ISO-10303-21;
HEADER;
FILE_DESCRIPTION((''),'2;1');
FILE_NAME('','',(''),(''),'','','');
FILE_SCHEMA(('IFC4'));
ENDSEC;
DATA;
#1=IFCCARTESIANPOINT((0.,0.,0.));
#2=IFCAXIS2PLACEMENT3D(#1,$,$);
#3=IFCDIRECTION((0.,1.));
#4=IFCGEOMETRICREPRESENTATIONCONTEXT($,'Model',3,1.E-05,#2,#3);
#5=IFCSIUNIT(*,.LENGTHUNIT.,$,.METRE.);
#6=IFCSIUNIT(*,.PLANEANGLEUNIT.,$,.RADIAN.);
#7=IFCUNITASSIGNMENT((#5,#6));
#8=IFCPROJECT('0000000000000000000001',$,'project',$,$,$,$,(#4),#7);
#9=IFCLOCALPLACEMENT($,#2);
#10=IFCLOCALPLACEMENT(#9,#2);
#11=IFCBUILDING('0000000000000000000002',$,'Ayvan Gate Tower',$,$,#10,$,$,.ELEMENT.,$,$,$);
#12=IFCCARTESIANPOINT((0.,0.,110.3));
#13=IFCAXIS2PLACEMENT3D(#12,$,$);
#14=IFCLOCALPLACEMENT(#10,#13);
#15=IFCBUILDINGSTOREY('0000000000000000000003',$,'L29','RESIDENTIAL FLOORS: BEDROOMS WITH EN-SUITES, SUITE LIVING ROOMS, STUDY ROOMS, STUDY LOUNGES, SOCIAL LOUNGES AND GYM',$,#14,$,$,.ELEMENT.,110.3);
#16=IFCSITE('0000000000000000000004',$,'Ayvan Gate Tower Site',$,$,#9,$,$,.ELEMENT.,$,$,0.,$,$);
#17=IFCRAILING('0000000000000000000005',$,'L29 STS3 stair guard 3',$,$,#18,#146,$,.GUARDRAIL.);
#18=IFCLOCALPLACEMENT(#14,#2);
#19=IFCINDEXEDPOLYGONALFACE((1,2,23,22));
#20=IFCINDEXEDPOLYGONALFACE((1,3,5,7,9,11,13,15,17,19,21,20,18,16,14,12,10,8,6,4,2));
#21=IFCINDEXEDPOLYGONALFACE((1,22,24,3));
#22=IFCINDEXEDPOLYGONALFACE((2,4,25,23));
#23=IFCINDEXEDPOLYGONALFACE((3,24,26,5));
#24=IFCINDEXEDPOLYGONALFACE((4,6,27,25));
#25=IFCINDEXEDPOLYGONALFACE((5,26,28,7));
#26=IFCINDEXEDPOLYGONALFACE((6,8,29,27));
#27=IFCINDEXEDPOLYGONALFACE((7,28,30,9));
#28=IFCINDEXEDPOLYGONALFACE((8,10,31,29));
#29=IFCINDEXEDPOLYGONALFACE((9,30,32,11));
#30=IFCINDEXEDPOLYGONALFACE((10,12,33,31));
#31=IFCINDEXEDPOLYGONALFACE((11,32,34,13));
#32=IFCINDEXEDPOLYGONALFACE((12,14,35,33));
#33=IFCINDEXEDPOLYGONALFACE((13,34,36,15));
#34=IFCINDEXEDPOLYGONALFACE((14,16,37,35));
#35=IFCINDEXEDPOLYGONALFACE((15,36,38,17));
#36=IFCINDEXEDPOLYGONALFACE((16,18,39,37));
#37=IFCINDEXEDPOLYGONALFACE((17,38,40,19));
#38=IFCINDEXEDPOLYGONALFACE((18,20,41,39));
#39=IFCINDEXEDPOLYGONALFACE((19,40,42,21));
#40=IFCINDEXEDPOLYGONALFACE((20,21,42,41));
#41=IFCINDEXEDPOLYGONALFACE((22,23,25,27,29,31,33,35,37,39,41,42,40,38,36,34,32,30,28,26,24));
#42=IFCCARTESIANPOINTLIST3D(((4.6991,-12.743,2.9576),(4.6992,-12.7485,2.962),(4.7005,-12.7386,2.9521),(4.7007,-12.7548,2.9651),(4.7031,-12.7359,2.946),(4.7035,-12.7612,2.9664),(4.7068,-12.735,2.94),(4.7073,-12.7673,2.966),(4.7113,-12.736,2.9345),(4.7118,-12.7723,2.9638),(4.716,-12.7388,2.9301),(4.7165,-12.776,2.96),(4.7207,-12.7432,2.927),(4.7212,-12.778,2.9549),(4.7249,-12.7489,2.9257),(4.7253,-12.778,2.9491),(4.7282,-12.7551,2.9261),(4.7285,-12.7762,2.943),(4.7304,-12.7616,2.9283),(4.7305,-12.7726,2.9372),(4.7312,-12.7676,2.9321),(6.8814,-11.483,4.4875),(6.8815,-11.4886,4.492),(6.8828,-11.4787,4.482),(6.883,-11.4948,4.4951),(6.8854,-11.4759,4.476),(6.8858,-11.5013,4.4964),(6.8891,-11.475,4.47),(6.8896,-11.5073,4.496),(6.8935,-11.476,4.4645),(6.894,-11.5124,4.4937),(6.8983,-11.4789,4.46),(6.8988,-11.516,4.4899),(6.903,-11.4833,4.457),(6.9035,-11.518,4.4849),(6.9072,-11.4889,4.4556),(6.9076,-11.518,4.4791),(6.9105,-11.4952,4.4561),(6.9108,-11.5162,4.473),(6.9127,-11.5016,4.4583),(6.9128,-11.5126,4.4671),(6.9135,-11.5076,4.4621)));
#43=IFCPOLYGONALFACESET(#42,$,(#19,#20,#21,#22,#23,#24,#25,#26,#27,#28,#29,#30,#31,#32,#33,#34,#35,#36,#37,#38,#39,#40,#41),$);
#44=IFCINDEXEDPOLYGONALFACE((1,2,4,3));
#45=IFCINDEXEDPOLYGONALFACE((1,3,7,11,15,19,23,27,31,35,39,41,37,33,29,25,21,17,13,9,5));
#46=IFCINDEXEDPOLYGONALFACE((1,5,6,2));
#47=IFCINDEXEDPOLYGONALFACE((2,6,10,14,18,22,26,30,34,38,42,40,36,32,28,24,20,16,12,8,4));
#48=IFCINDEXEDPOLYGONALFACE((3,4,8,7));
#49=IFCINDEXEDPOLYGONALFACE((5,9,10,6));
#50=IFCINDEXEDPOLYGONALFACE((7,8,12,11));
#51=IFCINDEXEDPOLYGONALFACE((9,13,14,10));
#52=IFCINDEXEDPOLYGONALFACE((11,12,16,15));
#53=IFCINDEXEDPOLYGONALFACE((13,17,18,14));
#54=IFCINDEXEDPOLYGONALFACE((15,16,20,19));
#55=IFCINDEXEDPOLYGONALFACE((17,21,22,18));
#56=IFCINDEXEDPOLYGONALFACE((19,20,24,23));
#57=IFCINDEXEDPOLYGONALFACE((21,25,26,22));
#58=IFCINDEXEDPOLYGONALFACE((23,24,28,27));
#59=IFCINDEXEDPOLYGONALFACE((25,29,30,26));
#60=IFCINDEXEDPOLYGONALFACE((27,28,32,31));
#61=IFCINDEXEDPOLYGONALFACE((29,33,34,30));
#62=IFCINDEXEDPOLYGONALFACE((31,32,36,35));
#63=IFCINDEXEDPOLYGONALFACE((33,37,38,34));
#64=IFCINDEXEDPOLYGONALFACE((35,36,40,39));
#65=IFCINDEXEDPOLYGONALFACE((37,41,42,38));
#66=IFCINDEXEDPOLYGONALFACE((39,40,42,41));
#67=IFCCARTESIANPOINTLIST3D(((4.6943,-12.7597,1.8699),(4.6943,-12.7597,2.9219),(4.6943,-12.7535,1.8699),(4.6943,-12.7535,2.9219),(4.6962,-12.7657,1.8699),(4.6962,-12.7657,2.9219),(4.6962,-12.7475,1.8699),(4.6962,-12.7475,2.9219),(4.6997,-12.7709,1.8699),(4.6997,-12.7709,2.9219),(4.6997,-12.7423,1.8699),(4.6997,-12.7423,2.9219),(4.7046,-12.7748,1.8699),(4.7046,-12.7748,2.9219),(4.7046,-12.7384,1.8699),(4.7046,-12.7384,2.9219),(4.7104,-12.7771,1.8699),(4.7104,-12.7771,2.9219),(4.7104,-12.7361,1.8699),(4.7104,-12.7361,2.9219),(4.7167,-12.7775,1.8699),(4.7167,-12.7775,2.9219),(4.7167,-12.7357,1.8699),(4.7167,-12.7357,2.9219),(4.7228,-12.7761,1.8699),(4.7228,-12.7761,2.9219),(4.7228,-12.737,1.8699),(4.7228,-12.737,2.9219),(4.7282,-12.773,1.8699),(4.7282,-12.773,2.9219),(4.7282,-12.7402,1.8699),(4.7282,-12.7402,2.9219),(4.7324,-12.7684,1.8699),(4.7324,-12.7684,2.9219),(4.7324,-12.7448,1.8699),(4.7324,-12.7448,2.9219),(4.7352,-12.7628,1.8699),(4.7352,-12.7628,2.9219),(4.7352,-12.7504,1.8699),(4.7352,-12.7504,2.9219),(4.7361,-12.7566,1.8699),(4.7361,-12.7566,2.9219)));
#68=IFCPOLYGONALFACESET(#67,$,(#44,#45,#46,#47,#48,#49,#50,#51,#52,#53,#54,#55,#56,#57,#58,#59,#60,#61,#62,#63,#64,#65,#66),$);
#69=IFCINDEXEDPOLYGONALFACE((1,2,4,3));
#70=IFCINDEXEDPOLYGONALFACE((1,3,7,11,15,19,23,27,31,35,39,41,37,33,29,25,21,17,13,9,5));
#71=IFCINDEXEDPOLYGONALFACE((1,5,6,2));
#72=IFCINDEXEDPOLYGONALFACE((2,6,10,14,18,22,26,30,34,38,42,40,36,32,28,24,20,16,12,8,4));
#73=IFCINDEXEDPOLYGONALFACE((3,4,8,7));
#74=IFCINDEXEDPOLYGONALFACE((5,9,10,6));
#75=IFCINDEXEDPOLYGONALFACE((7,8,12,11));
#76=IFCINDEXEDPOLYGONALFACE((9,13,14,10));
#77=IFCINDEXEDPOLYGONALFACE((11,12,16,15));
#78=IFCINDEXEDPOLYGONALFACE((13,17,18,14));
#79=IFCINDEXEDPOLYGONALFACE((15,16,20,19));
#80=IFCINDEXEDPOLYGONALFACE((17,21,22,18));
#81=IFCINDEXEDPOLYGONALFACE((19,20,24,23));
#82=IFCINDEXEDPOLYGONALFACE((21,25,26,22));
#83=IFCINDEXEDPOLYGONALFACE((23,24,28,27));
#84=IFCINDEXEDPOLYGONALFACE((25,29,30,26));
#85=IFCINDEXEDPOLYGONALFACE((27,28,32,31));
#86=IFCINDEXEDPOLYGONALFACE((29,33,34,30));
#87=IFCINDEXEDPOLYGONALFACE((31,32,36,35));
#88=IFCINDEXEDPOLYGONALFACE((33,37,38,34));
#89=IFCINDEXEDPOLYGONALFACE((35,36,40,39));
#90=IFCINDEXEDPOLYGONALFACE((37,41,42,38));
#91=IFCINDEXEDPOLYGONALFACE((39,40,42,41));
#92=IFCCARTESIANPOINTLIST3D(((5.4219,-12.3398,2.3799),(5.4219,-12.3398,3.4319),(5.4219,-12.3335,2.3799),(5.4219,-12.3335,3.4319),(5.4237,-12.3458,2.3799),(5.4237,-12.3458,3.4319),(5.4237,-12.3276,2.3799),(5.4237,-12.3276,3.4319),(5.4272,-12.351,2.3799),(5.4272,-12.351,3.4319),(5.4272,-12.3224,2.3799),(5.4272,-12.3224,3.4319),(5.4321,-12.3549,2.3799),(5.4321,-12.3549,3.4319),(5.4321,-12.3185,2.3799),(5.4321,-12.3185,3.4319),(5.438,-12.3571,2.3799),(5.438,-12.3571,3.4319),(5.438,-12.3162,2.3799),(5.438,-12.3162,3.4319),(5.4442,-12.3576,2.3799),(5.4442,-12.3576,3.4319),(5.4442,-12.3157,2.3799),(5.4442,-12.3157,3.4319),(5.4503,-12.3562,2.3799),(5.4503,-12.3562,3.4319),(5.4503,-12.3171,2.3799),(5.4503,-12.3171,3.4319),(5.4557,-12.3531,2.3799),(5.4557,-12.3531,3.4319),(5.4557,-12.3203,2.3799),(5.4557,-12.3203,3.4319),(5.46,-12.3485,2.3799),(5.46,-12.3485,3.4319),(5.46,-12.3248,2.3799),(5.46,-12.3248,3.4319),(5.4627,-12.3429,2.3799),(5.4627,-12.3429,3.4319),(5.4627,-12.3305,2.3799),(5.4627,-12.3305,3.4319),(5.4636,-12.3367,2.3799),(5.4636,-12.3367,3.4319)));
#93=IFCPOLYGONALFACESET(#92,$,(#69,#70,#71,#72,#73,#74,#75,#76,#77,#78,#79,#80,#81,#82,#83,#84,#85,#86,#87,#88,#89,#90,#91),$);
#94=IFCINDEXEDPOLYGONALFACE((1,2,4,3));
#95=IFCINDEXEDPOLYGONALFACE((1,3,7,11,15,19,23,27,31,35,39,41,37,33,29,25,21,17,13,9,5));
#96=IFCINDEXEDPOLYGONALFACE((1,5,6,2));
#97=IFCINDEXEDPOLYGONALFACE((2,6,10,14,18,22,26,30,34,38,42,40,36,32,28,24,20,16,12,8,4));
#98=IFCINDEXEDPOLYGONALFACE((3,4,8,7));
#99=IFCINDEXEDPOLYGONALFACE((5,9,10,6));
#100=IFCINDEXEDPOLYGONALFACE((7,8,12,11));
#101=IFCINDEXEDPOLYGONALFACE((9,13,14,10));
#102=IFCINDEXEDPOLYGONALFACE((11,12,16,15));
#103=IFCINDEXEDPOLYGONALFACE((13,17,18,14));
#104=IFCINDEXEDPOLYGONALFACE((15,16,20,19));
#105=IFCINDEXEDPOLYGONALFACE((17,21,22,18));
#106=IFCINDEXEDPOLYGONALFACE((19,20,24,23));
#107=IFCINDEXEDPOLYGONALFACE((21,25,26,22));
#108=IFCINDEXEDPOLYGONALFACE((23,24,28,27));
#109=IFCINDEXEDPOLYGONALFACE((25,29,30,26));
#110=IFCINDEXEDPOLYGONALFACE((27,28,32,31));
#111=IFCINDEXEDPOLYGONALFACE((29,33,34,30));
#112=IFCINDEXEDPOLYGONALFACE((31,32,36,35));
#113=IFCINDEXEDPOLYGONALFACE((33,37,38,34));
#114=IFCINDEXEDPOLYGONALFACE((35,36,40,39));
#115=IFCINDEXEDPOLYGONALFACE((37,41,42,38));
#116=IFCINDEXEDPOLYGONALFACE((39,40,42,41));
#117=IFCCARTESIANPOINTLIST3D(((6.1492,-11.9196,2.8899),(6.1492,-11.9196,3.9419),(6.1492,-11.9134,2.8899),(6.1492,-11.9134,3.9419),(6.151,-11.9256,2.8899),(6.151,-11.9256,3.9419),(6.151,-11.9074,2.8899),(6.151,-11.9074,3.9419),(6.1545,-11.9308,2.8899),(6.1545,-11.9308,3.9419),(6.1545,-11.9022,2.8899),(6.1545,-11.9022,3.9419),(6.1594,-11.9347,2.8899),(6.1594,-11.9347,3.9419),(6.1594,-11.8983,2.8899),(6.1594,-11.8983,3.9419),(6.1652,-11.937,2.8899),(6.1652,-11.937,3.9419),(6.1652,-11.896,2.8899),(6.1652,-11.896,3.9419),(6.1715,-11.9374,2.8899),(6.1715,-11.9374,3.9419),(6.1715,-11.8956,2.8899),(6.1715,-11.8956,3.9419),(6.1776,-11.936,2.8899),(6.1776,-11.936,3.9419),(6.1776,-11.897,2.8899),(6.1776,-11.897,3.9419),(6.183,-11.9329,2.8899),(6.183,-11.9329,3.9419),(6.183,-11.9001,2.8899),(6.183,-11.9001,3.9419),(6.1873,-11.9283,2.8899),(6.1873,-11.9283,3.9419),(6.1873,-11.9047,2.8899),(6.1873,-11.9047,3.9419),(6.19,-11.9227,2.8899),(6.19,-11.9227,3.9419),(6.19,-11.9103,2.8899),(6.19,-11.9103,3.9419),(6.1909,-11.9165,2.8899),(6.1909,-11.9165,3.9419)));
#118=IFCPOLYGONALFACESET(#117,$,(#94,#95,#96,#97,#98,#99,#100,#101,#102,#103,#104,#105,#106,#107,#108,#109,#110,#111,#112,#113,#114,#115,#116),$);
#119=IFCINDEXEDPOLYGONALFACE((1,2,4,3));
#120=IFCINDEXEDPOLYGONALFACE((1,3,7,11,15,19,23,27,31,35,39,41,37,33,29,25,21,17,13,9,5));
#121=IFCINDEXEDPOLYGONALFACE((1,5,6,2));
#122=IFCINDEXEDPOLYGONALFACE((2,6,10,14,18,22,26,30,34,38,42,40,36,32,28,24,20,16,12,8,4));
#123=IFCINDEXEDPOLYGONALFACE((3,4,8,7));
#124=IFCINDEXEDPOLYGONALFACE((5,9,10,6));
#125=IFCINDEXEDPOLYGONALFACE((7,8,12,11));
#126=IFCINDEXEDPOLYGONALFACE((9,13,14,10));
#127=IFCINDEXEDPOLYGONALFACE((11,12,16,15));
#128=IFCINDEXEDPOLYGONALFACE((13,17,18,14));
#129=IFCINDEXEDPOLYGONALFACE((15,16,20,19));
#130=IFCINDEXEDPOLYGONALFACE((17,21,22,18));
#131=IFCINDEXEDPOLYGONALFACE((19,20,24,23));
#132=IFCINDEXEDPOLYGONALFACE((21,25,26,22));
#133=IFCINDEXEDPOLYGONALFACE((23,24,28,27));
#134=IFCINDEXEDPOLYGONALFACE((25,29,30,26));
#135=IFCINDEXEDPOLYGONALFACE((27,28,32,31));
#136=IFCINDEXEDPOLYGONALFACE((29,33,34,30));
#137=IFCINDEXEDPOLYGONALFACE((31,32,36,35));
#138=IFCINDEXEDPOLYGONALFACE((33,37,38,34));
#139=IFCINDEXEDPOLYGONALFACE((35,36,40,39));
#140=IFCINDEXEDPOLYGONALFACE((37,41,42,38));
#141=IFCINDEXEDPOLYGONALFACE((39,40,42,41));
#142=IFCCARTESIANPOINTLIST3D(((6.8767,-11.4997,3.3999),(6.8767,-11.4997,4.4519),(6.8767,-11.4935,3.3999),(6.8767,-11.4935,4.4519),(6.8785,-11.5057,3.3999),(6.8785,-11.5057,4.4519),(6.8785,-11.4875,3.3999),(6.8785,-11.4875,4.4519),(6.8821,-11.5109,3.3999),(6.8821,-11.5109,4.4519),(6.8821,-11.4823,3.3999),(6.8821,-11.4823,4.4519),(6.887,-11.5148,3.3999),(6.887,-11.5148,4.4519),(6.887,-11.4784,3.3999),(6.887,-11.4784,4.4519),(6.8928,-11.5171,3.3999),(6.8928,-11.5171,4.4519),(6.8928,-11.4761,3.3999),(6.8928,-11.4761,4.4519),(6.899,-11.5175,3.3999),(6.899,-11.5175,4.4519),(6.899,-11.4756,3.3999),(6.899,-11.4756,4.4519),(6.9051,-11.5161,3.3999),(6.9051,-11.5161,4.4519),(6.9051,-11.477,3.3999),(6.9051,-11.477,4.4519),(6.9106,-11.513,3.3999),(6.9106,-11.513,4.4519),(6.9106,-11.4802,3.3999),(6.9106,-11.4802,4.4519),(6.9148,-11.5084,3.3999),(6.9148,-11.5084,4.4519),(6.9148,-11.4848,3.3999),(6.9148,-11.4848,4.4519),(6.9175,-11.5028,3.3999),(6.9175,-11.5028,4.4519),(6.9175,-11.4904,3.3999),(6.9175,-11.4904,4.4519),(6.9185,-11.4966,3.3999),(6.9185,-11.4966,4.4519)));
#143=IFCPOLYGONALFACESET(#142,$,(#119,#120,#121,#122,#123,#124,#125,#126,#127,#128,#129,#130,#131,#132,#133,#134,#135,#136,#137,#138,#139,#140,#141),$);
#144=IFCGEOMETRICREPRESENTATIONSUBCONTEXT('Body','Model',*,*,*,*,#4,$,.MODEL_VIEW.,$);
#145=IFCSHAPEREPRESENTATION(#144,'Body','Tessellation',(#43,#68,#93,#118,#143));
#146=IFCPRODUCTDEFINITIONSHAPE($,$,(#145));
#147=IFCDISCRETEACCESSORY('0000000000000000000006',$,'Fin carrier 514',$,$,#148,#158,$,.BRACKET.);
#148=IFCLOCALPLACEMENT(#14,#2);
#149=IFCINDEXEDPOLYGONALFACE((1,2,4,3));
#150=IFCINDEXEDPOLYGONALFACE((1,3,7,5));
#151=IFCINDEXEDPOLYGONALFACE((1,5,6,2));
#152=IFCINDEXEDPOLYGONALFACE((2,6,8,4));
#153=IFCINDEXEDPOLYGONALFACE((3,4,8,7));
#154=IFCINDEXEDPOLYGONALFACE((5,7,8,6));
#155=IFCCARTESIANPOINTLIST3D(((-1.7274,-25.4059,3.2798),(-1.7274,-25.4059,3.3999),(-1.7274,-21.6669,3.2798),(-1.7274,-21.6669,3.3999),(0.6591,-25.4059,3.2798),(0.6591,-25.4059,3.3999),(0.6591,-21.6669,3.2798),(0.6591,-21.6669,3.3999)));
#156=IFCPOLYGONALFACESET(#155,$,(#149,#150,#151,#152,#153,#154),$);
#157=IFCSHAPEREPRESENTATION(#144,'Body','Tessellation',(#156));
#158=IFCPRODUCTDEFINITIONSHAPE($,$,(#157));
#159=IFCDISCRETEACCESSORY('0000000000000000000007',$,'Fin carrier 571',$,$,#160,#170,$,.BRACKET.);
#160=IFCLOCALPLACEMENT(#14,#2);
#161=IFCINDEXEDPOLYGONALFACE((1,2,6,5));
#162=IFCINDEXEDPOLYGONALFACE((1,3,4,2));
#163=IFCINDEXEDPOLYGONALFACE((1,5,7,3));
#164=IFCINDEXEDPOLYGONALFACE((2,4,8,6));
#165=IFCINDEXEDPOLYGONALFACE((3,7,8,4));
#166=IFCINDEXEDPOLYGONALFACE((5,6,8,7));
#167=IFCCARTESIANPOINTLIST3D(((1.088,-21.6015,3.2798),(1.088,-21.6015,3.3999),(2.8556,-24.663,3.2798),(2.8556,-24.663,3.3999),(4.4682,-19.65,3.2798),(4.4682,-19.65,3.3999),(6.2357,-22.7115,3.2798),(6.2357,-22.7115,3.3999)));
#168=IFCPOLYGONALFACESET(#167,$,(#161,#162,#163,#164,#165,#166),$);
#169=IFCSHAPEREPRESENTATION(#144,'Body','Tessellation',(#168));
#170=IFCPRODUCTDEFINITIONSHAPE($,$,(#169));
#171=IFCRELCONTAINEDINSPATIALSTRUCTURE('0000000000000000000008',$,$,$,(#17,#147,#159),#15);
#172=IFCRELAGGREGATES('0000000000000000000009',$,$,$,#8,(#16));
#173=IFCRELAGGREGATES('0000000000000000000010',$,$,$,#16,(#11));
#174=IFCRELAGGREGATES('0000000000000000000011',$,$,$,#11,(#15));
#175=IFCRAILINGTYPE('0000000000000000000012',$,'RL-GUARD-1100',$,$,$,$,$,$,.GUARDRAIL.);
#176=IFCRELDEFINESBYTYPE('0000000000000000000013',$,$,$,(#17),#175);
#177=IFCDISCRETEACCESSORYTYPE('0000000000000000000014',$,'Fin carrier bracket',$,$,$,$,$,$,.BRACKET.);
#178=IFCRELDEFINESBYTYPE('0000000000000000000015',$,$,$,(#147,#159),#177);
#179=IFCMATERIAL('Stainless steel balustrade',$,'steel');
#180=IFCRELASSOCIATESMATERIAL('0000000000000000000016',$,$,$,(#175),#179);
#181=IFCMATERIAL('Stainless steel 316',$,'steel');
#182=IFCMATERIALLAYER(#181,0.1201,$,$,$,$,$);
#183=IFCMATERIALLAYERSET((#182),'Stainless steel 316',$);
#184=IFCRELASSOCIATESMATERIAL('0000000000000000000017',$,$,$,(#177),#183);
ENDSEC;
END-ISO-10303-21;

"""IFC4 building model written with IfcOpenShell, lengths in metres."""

from ifc_helpers import new_model, si_unit, direction, frame, origin, origin_2d, place, context, subcontext, project, spatial, rectangle, circle, extrude, material, layer, layer_set, type_object, element, save


model = new_model("IFC4")

# Units and contexts
model_context = context("Model", 3, precision=1e-05, world=origin(), true_north=direction((0.0, 1.0)))
body_context = subcontext(model_context, "Body", "Model", "MODEL_VIEW")
ifc_project = project(units=[si_unit("LENGTHUNIT", "METRE"), si_unit("PLANEANGLEUNIT", "RADIAN")], contexts=[model_context])

# Site, building, storey
site_placement = place(None, origin())
site = spatial("IfcSite", under=ifc_project, at=site_placement, Name="Ayvan Gate Tower Site", CompositionType="ELEMENT", RefElevation=0.0)
building_placement = place(site_placement, origin())
building = spatial("IfcBuilding", under=site, at=building_placement, Name="Ayvan Gate Tower", CompositionType="ELEMENT")
storey_placement = place(building_placement, frame((0.0, 0.0, 110.3)))
storey = spatial("IfcBuildingStorey", under=building, at=storey_placement, Name="L29", Description="RESIDENTIAL FLOORS: BEDROOMS WITH EN-SUITES, SUITE LIVING ROOMS, STUDY ROOMS, STUDY LOUNGES, SOCIAL LOUNGES AND GYM", CompositionType="ELEMENT", Elevation=110.3)

# Railing
ifc_material_1 = material(Name="Stainless steel balustrade", Category="steel")
railing_type = type_object("IfcRailingType", Name="RL-GUARD-1100", PredefinedType="GUARDRAIL", material=ifc_material_1)
railing_1_placement = place(storey_placement, frame((4.7151, -12.7566, 1.8699)))
element("IfcRailing", 1, at=railing_1_placement, inside=storey, type_object=railing_type, Name="L29 STS3 stair guard 3", PredefinedType="GUARDRAIL", context=body_context, shape_type="SweptSolid", body=[
    extrude(circle(Radius=0.0239, at=origin_2d()), frame((0.0, 0.0, 1.0762), z_axis=(0.740261, 0.427395, 0.518986), x_axis=(-0.500005, 0.866023, 0.0)), (0.0, 0.0, 1.0), 2.948),
    extrude(circle(Radius=0.021, at=origin_2d()), origin(), (0.0, 0.0, 1.0), 1.052),
    extrude(circle(Radius=0.021, at=origin_2d()), frame((0.7275, 0.4199, 0.51)), (0.0, 0.0, 1.0), 1.052),
    extrude(circle(Radius=0.021, at=origin_2d()), frame((1.4548, 0.8401, 1.02)), (0.0, 0.0, 1.0), 1.052),
    extrude(circle(Radius=0.021, at=origin_2d()), frame((2.1824, 1.26, 1.53)), (0.0, 0.0, 1.0), 1.052),
])

# Discrete accessories
ifc_material_2 = material(Name="Stainless steel 316", Category="steel")
ifc_layer_1 = layer(ifc_material_2, 0.1201)
ifc_layer_set_1 = layer_set([ifc_layer_1], Name="Stainless steel 316")
discrete_accessory_type = type_object("IfcDiscreteAccessoryType", Name="Fin carrier bracket", PredefinedType="BRACKET", material=ifc_layer_set_1)
discrete_accessory_1_placement = place(storey_placement, frame((-0.5342, -23.5364, 3.2798), z_axis=(0.0, 0.0, 1.0), x_axis=(1.0, 0.0, 0.0)))
element("IfcDiscreteAccessory", 2, at=discrete_accessory_1_placement, inside=storey, type_object=discrete_accessory_type, Name="Fin carrier 514", PredefinedType="BRACKET", context=body_context, shape_type="SweptSolid", body=[
    extrude(rectangle(XDim=2.3865, YDim=3.739, at=origin_2d()), origin(), (0.0, 0.0, 1.0), 0.1201),
])
discrete_accessory_2_placement = place(storey_placement, frame((3.6619, -22.1565, 3.2798), z_axis=(0.0, 0.0, 1.0), x_axis=(0.866025, 0.5, 0.0)))
element("IfcDiscreteAccessory", 3, at=discrete_accessory_2_placement, inside=storey, type_object=discrete_accessory_type, Name="Fin carrier 571", PredefinedType="BRACKET", context=body_context, shape_type="SweptSolid", body=[
    extrude(rectangle(XDim=3.9031, YDim=3.5352, at=origin_2d()), origin(), (0.0, 0.0, 1.0), 0.1201),
])

save(model, "model.ifc")
